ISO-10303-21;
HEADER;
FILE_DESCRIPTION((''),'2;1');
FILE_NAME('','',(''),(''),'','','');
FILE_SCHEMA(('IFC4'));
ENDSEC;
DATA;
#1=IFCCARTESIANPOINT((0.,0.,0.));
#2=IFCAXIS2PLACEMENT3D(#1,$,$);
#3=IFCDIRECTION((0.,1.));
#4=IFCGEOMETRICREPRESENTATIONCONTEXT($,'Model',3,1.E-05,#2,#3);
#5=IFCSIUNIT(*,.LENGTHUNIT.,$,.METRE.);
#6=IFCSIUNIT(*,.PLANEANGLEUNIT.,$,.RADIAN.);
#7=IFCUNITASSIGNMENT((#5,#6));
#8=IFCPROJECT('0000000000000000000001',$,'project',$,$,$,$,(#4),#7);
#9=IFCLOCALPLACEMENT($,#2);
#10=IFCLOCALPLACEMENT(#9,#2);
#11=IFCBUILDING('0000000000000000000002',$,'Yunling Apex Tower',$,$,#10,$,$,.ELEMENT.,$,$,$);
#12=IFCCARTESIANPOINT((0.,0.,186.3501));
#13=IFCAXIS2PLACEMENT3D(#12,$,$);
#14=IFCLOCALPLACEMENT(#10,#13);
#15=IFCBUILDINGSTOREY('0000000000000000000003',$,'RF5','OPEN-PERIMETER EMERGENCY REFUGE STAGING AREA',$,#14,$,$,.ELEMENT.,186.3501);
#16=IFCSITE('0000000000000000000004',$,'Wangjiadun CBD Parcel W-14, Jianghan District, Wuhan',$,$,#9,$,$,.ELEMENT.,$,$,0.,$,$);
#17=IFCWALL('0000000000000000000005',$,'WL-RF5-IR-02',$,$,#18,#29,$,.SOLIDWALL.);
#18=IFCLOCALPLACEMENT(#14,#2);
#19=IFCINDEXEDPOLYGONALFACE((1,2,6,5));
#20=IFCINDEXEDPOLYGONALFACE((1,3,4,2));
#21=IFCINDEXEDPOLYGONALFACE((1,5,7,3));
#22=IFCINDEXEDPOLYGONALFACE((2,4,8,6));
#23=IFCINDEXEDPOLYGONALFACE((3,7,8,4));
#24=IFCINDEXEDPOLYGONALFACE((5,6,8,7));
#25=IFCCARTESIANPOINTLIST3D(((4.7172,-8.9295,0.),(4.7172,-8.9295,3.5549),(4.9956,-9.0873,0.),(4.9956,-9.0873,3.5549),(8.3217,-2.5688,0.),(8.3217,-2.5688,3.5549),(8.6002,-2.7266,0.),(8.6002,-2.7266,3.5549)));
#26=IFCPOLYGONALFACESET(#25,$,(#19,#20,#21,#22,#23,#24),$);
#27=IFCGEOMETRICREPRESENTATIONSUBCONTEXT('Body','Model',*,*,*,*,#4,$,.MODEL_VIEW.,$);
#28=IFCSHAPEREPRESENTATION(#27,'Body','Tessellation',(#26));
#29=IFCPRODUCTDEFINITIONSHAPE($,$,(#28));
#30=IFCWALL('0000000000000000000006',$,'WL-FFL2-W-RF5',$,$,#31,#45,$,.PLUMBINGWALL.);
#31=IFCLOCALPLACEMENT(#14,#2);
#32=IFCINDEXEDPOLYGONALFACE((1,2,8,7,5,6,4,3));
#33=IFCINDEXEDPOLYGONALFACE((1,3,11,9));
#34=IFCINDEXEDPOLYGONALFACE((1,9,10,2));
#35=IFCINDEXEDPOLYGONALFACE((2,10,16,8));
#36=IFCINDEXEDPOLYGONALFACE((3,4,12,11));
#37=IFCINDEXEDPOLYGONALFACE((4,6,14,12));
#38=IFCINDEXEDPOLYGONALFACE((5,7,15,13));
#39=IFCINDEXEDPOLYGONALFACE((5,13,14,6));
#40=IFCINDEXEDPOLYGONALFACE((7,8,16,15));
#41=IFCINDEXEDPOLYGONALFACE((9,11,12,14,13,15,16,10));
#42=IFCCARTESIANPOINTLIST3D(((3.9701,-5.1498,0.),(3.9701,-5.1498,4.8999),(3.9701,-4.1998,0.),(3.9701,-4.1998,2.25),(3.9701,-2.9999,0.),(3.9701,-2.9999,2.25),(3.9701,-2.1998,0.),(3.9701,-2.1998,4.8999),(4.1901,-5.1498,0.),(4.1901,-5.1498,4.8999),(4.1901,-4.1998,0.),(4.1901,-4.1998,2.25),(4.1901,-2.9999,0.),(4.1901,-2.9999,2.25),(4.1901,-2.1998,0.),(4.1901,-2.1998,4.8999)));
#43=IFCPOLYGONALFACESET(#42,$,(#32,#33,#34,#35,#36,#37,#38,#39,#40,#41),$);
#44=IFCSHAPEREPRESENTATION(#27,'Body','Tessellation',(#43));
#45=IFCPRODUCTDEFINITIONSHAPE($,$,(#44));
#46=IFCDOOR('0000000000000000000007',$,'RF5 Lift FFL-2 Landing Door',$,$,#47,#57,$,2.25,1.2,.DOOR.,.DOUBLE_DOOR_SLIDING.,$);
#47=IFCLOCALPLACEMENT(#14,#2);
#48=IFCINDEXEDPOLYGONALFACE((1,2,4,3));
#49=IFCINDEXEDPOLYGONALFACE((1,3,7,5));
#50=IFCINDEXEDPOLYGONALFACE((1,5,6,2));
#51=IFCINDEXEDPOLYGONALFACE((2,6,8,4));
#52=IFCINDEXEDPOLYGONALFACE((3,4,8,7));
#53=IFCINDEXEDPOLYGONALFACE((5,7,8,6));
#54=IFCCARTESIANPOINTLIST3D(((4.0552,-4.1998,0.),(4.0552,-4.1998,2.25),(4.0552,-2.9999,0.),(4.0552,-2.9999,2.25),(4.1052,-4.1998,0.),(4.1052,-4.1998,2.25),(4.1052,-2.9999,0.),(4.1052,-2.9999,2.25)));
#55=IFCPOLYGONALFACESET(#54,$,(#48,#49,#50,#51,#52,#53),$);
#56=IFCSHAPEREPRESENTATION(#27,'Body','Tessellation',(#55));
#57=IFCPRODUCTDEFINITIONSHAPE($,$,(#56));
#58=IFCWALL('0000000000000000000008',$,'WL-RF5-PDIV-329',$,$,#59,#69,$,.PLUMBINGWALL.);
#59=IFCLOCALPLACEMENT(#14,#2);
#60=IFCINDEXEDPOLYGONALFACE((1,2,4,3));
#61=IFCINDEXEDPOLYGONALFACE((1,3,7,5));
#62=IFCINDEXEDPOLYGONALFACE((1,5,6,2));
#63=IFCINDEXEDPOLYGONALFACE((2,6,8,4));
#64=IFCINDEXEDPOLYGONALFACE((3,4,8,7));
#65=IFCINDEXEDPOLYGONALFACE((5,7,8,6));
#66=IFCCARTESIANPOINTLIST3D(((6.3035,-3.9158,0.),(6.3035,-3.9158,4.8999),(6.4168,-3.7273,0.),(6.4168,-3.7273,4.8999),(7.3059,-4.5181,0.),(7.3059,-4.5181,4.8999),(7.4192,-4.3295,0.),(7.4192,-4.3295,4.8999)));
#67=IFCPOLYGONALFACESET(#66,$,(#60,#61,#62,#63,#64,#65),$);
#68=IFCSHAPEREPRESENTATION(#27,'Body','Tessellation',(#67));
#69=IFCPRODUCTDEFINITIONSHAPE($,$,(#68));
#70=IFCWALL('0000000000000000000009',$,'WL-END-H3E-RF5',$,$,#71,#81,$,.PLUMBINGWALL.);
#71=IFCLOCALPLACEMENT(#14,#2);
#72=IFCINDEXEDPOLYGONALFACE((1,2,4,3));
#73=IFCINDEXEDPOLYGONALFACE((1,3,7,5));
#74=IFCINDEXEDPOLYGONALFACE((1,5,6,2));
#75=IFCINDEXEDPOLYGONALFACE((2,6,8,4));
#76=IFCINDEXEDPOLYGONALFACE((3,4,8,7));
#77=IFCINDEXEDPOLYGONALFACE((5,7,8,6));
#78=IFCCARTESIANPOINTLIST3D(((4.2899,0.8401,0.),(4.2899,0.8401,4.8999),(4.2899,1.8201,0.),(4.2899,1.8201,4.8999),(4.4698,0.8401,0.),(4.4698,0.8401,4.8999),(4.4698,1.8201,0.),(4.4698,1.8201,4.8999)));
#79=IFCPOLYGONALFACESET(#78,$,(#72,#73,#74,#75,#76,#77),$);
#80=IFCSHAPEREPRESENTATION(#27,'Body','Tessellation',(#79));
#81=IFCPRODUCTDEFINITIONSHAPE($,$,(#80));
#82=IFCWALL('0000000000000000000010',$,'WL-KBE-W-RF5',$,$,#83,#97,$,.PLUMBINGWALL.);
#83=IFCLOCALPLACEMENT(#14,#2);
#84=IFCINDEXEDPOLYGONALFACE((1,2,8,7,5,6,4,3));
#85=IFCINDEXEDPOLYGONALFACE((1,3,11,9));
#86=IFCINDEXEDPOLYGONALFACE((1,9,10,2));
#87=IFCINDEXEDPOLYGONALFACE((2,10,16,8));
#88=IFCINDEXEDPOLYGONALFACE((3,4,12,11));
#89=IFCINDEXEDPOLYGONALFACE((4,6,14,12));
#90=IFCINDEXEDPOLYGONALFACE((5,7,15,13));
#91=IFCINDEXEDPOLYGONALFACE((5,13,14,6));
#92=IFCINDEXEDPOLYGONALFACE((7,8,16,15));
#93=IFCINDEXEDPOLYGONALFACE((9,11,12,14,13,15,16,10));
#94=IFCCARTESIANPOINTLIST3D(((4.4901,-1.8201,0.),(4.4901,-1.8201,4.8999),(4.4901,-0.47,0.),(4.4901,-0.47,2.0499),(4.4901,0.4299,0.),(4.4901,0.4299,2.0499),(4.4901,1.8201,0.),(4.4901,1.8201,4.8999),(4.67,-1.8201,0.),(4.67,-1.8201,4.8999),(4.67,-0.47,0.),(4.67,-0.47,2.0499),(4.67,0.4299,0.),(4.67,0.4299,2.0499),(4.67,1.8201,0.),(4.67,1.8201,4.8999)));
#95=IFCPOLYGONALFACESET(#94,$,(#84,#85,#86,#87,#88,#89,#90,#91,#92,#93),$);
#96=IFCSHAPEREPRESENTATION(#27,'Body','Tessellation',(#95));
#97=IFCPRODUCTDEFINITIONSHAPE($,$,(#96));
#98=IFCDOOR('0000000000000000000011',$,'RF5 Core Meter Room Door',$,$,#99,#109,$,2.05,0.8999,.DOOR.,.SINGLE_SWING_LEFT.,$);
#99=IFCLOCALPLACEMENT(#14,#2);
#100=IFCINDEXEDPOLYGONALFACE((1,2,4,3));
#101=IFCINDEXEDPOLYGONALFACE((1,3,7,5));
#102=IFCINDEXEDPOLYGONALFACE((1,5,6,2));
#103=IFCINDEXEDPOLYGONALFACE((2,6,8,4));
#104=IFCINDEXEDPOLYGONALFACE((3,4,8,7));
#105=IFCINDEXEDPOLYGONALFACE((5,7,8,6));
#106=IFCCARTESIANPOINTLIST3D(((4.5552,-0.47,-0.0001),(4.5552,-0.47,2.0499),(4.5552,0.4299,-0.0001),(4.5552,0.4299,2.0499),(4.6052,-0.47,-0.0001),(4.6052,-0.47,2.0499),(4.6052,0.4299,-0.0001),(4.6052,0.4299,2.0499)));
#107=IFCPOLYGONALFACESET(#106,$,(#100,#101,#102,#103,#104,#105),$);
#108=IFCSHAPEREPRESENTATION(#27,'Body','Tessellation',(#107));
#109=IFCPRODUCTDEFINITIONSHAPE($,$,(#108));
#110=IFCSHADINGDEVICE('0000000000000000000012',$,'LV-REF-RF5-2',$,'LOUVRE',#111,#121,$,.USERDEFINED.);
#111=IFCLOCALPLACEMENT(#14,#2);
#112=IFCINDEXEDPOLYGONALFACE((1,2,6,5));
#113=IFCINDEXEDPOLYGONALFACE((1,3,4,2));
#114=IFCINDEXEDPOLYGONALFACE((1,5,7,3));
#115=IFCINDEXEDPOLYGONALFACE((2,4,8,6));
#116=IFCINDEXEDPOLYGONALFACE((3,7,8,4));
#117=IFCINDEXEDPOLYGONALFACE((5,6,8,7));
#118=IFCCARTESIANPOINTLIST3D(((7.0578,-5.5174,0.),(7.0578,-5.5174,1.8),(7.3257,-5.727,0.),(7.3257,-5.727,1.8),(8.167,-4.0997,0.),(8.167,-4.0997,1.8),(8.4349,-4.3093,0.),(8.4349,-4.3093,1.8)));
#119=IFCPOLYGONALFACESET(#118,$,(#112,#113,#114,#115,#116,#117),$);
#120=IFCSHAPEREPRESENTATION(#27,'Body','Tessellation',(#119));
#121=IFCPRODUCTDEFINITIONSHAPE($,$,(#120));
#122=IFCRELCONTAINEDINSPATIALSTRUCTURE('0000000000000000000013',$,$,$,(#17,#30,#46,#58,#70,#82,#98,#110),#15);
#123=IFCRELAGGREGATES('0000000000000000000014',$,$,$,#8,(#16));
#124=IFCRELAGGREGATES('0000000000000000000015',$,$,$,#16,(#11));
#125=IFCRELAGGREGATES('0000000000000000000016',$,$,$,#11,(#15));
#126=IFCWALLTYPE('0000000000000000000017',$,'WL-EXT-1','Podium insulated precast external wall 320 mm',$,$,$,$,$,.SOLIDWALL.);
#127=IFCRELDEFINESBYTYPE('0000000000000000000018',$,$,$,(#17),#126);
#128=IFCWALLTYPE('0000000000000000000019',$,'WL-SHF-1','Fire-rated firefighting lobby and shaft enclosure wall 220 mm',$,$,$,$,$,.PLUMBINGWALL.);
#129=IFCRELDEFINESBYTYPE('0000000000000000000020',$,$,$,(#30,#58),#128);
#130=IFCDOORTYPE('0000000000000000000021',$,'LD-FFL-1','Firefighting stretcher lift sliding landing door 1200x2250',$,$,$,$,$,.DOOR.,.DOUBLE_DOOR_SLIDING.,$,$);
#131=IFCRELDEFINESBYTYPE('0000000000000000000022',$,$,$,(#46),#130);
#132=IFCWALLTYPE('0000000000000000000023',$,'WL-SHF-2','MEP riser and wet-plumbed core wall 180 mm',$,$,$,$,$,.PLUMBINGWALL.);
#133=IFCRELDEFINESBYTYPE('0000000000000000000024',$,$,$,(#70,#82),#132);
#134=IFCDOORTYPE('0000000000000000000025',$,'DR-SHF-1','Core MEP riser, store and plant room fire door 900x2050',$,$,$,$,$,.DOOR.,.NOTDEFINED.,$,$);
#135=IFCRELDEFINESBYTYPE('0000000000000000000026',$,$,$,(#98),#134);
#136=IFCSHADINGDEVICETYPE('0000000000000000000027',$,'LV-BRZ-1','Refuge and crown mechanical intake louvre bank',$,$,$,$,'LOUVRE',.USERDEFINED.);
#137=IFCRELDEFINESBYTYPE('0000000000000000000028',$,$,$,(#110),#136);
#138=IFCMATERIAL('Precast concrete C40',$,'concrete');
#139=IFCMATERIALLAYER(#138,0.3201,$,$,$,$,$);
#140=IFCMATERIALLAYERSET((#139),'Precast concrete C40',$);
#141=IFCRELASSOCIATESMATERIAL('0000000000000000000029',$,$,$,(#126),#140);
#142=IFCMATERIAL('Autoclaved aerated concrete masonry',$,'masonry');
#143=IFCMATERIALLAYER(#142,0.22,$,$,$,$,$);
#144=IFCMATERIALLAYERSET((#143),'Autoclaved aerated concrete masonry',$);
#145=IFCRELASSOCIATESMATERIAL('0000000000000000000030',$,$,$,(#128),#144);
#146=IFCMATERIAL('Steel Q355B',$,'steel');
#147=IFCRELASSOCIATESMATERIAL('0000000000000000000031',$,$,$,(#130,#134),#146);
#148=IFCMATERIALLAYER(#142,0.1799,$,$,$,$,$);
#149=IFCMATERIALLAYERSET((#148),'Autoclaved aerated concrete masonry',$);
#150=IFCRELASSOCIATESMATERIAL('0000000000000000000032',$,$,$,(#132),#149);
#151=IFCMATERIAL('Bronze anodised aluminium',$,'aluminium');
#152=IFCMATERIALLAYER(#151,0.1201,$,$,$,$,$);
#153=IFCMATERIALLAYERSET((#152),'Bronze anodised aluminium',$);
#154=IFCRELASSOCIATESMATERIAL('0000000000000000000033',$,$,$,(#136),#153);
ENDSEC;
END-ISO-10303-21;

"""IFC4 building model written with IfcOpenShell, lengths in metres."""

from ifc_helpers import new_model, si_unit, direction, frame, frame_2d, origin, origin_2d, place, context, subcontext, project, spatial, rectangle, extrude, source, transform, mapped, material, layer, layer_set, type_object, element, fill, save


model = new_model("IFC4")

# Units and contexts
model_context = context("Model", 3, precision=1e-05, world=origin(), true_north=direction((0.0, 1.0)))
body_context = subcontext(model_context, "Body", "Model", "MODEL_VIEW")
ifc_project = project(units=[si_unit("LENGTHUNIT", "METRE"), si_unit("PLANEANGLEUNIT", "RADIAN")], contexts=[model_context])

# Site, building, storey
site_placement = place(None, origin())
site = spatial("IfcSite", under=ifc_project, at=site_placement, Name="Wangjiadun CBD Parcel W-14, Jianghan District, Wuhan", CompositionType="ELEMENT", RefElevation=0.0)
building_placement = place(site_placement, origin())
building = spatial("IfcBuilding", under=site, at=building_placement, Name="Yunling Apex Tower", CompositionType="ELEMENT")
storey_placement = place(building_placement, frame((0.0, 0.0, 186.3501)))
storey = spatial("IfcBuildingStorey", under=building, at=storey_placement, Name="RF5", Description="OPEN-PERIMETER EMERGENCY REFUGE STAGING AREA", CompositionType="ELEMENT", Elevation=186.3501)

# Shared definitions
ifc_material_1 = material(Name="Steel Q355B", Category="steel")

# Wall
ifc_material_2 = material(Name="Precast concrete C40", Category="concrete")
ifc_layer_1 = layer(ifc_material_2, 0.3201)
ifc_layer_set_1 = layer_set([ifc_layer_1], Name="Precast concrete C40")
wall_type_1 = type_object("IfcWallType", Name="WL-EXT-1", Description="Podium insulated precast external wall 320 mm", PredefinedType="SOLIDWALL", material=ifc_layer_set_1)
wall_1_placement = place(storey_placement, frame((8.4609, -2.6477, 0.0), z_axis=(0.0, 0.0, 1.0), x_axis=(-0.493029, -0.870013, 0.0)))
element("IfcWall", 1, at=wall_1_placement, inside=storey, type_object=wall_type_1, Name="WL-RF5-IR-02", PredefinedType="SOLIDWALL", context=body_context, shape_type="SweptSolid", body=[
    extrude(rectangle(XDim=7.311, YDim=0.3201, at=frame_2d((3.6555, 0.0))), origin(), (0.0, 0.0, 1.0), 3.5549),
])

# Wall, opening, door
ifc_material_3 = material(Name="Autoclaved aerated concrete masonry", Category="masonry")
ifc_layer_2 = layer(ifc_material_3, 0.22)
ifc_layer_set_2 = layer_set([ifc_layer_2], Name="Autoclaved aerated concrete masonry")
wall_type_2 = type_object("IfcWallType", Name="WL-SHF-1", Description="Fire-rated firefighting lobby and shaft enclosure wall 220 mm", PredefinedType="PLUMBINGWALL", material=ifc_layer_set_2)
wall_2_placement = place(storey_placement, frame((4.0801, -5.1499, 0.0), z_axis=(0.0, 0.0, 1.0), x_axis=(0.0, 1.0, 0.0)))
wall_2 = element("IfcWall", 2, at=wall_2_placement, inside=storey, type_object=wall_type_2, Name="WL-FFL2-W-RF5", PredefinedType="PLUMBINGWALL", context=body_context, shape_type="SweptSolid", body=[
    extrude(rectangle(XDim=2.95, YDim=0.22, at=frame_2d((1.4751, 0.0))), origin(), (0.0, 0.0, 1.0), 4.8999),
])
opening_1_placement = place(wall_2_placement, frame((0.95, 0.0, 0.0)))
opening_1 = element("IfcOpeningElement", 3, at=opening_1_placement, cuts=wall_2, PredefinedType="OPENING", context=body_context, shape_type="SweptSolid", body=[
    extrude(rectangle(XDim=1.2, YDim=2.25, at=frame_2d((0.6001, 1.125))), frame((0.0, 0.1201, 0.0), z_axis=(0.0, -1.0, 0.0), x_axis=(1.0, 0.0, 0.0)), (0.0, 0.0, 1.0), 0.24),
])
door_type_1 = type_object("IfcDoorType", Name="LD-FFL-1", Description="Firefighting stretcher lift sliding landing door 1200x2250", OperationType="DOUBLE_DOOR_SLIDING", PredefinedType="DOOR", material=ifc_material_1)
door_1_placement = place(opening_1_placement, origin())
door_1 = element("IfcDoor", 4, at=door_1_placement, inside=storey, type_object=door_type_1, Name="RF5 Lift FFL-2 Landing Door", OperationType="DOUBLE_DOOR_SLIDING", OverallHeight=2.25, OverallWidth=1.2, PredefinedType="DOOR", context=body_context, shape_type="SweptSolid", body=[
    extrude(rectangle(XDim=1.2, YDim=2.25, at=frame_2d((0.6001, 1.125))), frame((0.0, 0.0249, 0.0), z_axis=(0.0, -1.0, 0.0), x_axis=(1.0, 0.0, 0.0)), (0.0, 0.0, 1.0), 0.05),
])
fill(opening_1, door_1)

# Walls
wall_3_placement = place(storey_placement, frame((6.3601, -3.8215, 0.0), z_axis=(0.0, 0.0, 1.0), x_axis=(0.85718, -0.515018, 0.0)))
element("IfcWall", 5, at=wall_3_placement, inside=storey, type_object=wall_type_2, Name="WL-RF5-PDIV-329", PredefinedType="PLUMBINGWALL", context=body_context, shape_type="SweptSolid", body=[
    extrude(rectangle(XDim=1.1694, YDim=0.22, at=frame_2d((0.5847, 0.0))), origin(), (0.0, 0.0, 1.0), 4.8999),
])
ifc_layer_3 = layer(ifc_material_3, 0.1799)
ifc_layer_set_3 = layer_set([ifc_layer_3], Name="Autoclaved aerated concrete masonry")
wall_type_3 = type_object("IfcWallType", Name="WL-SHF-2", Description="MEP riser and wet-plumbed core wall 180 mm", PredefinedType="PLUMBINGWALL", material=ifc_layer_set_3)
wall_4_placement = place(storey_placement, frame((4.3799, 0.8401, 0.0), z_axis=(0.0, 0.0, 1.0), x_axis=(0.0, 1.0, 0.0)))
element("IfcWall", 6, at=wall_4_placement, inside=storey, type_object=wall_type_3, Name="WL-END-H3E-RF5", PredefinedType="PLUMBINGWALL", context=body_context, shape_type="SweptSolid", body=[
    extrude(rectangle(XDim=0.98, YDim=0.1799, at=frame_2d((0.49, 0.0))), origin(), (0.0, 0.0, 1.0), 4.8999),
])

# Wall, opening, door
wall_5_placement = place(storey_placement, frame((4.5801, -1.8201, 0.0), z_axis=(0.0, 0.0, 1.0), x_axis=(0.0, 1.0, 0.0)))
wall_5 = element("IfcWall", 7, at=wall_5_placement, inside=storey, type_object=wall_type_3, Name="WL-KBE-W-RF5", PredefinedType="PLUMBINGWALL", context=body_context, shape_type="SweptSolid", body=[
    extrude(rectangle(XDim=3.6401, YDim=0.1799, at=frame_2d((1.8201, 0.0))), origin(), (0.0, 0.0, 1.0), 4.8999),
])
opening_2_placement = place(wall_5_placement, frame((1.3501, 0.0, 0.0)))
opening_2 = element("IfcOpeningElement", 8, at=opening_2_placement, cuts=wall_5, PredefinedType="OPENING", context=body_context, shape_type="SweptSolid", body=[
    extrude(rectangle(XDim=0.8999, YDim=2.05, at=frame_2d((0.45, 1.0249))), frame((0.0, 0.1001, 0.0), z_axis=(0.0, -1.0, 0.0), x_axis=(1.0, 0.0, 0.0)), (0.0, 0.0, 1.0), 0.2),
])
door_type_2 = type_object("IfcDoorType", Name="DR-SHF-1", Description="Core MEP riser, store and plant room fire door 900x2050", OperationType="NOTDEFINED", PredefinedType="DOOR", material=ifc_material_1)
door_2_placement = place(opening_2_placement, origin())
door_2 = element("IfcDoor", 9, at=door_2_placement, inside=storey, type_object=door_type_2, Name="RF5 Core Meter Room Door", OperationType="SINGLE_SWING_LEFT", OverallHeight=2.05, OverallWidth=0.8999, PredefinedType="DOOR", context=body_context, shape_type="SweptSolid", body=[
    extrude(rectangle(XDim=0.8999, YDim=2.05, at=frame_2d((0.45, 1.0249))), frame((0.0, 0.0249, 0.0), z_axis=(0.0, -1.0, 0.0), x_axis=(1.0, 0.0, 0.0)), (0.0, 0.0, 1.0), 0.05),
])
fill(opening_2, door_2)

# Shading device
ifc_material_4 = material(Name="Bronze anodised aluminium", Category="aluminium")
ifc_layer_4 = layer(ifc_material_4, 0.1201)
ifc_layer_set_4 = layer_set([ifc_layer_4], Name="Bronze anodised aluminium")
shading_device_type = type_object("IfcShadingDeviceType", Name="LV-BRZ-1", Description="Refuge and crown mechanical intake louvre bank", ElementType="LOUVRE", PredefinedType="USERDEFINED", material=ifc_layer_set_4)
shared_shape_1 = source(origin(), body_context, "Body", "SweptSolid", [
    extrude(rectangle(XDim=1.8, YDim=0.3401, at=origin_2d()), origin(), (0.0, 0.0, 1.0), 1.8),
])
shading_device_placement = place(storey_placement, frame((7.7463, -4.9133, 0.0), z_axis=(0.0, 0.0, 1.0), x_axis=(-0.616211, -0.787581, 0.0)))
element("IfcShadingDevice", 10, at=shading_device_placement, inside=storey, type_object=shading_device_type, Name="LV-REF-RF5-2", ObjectType="LOUVRE", PredefinedType="USERDEFINED", context=body_context, shape_type="MappedRepresentation", body=[
    mapped(shared_shape_1, transform((0.0, 0.0, 0.0), scale=1.0)),
])

save(model, "model.ifc")
